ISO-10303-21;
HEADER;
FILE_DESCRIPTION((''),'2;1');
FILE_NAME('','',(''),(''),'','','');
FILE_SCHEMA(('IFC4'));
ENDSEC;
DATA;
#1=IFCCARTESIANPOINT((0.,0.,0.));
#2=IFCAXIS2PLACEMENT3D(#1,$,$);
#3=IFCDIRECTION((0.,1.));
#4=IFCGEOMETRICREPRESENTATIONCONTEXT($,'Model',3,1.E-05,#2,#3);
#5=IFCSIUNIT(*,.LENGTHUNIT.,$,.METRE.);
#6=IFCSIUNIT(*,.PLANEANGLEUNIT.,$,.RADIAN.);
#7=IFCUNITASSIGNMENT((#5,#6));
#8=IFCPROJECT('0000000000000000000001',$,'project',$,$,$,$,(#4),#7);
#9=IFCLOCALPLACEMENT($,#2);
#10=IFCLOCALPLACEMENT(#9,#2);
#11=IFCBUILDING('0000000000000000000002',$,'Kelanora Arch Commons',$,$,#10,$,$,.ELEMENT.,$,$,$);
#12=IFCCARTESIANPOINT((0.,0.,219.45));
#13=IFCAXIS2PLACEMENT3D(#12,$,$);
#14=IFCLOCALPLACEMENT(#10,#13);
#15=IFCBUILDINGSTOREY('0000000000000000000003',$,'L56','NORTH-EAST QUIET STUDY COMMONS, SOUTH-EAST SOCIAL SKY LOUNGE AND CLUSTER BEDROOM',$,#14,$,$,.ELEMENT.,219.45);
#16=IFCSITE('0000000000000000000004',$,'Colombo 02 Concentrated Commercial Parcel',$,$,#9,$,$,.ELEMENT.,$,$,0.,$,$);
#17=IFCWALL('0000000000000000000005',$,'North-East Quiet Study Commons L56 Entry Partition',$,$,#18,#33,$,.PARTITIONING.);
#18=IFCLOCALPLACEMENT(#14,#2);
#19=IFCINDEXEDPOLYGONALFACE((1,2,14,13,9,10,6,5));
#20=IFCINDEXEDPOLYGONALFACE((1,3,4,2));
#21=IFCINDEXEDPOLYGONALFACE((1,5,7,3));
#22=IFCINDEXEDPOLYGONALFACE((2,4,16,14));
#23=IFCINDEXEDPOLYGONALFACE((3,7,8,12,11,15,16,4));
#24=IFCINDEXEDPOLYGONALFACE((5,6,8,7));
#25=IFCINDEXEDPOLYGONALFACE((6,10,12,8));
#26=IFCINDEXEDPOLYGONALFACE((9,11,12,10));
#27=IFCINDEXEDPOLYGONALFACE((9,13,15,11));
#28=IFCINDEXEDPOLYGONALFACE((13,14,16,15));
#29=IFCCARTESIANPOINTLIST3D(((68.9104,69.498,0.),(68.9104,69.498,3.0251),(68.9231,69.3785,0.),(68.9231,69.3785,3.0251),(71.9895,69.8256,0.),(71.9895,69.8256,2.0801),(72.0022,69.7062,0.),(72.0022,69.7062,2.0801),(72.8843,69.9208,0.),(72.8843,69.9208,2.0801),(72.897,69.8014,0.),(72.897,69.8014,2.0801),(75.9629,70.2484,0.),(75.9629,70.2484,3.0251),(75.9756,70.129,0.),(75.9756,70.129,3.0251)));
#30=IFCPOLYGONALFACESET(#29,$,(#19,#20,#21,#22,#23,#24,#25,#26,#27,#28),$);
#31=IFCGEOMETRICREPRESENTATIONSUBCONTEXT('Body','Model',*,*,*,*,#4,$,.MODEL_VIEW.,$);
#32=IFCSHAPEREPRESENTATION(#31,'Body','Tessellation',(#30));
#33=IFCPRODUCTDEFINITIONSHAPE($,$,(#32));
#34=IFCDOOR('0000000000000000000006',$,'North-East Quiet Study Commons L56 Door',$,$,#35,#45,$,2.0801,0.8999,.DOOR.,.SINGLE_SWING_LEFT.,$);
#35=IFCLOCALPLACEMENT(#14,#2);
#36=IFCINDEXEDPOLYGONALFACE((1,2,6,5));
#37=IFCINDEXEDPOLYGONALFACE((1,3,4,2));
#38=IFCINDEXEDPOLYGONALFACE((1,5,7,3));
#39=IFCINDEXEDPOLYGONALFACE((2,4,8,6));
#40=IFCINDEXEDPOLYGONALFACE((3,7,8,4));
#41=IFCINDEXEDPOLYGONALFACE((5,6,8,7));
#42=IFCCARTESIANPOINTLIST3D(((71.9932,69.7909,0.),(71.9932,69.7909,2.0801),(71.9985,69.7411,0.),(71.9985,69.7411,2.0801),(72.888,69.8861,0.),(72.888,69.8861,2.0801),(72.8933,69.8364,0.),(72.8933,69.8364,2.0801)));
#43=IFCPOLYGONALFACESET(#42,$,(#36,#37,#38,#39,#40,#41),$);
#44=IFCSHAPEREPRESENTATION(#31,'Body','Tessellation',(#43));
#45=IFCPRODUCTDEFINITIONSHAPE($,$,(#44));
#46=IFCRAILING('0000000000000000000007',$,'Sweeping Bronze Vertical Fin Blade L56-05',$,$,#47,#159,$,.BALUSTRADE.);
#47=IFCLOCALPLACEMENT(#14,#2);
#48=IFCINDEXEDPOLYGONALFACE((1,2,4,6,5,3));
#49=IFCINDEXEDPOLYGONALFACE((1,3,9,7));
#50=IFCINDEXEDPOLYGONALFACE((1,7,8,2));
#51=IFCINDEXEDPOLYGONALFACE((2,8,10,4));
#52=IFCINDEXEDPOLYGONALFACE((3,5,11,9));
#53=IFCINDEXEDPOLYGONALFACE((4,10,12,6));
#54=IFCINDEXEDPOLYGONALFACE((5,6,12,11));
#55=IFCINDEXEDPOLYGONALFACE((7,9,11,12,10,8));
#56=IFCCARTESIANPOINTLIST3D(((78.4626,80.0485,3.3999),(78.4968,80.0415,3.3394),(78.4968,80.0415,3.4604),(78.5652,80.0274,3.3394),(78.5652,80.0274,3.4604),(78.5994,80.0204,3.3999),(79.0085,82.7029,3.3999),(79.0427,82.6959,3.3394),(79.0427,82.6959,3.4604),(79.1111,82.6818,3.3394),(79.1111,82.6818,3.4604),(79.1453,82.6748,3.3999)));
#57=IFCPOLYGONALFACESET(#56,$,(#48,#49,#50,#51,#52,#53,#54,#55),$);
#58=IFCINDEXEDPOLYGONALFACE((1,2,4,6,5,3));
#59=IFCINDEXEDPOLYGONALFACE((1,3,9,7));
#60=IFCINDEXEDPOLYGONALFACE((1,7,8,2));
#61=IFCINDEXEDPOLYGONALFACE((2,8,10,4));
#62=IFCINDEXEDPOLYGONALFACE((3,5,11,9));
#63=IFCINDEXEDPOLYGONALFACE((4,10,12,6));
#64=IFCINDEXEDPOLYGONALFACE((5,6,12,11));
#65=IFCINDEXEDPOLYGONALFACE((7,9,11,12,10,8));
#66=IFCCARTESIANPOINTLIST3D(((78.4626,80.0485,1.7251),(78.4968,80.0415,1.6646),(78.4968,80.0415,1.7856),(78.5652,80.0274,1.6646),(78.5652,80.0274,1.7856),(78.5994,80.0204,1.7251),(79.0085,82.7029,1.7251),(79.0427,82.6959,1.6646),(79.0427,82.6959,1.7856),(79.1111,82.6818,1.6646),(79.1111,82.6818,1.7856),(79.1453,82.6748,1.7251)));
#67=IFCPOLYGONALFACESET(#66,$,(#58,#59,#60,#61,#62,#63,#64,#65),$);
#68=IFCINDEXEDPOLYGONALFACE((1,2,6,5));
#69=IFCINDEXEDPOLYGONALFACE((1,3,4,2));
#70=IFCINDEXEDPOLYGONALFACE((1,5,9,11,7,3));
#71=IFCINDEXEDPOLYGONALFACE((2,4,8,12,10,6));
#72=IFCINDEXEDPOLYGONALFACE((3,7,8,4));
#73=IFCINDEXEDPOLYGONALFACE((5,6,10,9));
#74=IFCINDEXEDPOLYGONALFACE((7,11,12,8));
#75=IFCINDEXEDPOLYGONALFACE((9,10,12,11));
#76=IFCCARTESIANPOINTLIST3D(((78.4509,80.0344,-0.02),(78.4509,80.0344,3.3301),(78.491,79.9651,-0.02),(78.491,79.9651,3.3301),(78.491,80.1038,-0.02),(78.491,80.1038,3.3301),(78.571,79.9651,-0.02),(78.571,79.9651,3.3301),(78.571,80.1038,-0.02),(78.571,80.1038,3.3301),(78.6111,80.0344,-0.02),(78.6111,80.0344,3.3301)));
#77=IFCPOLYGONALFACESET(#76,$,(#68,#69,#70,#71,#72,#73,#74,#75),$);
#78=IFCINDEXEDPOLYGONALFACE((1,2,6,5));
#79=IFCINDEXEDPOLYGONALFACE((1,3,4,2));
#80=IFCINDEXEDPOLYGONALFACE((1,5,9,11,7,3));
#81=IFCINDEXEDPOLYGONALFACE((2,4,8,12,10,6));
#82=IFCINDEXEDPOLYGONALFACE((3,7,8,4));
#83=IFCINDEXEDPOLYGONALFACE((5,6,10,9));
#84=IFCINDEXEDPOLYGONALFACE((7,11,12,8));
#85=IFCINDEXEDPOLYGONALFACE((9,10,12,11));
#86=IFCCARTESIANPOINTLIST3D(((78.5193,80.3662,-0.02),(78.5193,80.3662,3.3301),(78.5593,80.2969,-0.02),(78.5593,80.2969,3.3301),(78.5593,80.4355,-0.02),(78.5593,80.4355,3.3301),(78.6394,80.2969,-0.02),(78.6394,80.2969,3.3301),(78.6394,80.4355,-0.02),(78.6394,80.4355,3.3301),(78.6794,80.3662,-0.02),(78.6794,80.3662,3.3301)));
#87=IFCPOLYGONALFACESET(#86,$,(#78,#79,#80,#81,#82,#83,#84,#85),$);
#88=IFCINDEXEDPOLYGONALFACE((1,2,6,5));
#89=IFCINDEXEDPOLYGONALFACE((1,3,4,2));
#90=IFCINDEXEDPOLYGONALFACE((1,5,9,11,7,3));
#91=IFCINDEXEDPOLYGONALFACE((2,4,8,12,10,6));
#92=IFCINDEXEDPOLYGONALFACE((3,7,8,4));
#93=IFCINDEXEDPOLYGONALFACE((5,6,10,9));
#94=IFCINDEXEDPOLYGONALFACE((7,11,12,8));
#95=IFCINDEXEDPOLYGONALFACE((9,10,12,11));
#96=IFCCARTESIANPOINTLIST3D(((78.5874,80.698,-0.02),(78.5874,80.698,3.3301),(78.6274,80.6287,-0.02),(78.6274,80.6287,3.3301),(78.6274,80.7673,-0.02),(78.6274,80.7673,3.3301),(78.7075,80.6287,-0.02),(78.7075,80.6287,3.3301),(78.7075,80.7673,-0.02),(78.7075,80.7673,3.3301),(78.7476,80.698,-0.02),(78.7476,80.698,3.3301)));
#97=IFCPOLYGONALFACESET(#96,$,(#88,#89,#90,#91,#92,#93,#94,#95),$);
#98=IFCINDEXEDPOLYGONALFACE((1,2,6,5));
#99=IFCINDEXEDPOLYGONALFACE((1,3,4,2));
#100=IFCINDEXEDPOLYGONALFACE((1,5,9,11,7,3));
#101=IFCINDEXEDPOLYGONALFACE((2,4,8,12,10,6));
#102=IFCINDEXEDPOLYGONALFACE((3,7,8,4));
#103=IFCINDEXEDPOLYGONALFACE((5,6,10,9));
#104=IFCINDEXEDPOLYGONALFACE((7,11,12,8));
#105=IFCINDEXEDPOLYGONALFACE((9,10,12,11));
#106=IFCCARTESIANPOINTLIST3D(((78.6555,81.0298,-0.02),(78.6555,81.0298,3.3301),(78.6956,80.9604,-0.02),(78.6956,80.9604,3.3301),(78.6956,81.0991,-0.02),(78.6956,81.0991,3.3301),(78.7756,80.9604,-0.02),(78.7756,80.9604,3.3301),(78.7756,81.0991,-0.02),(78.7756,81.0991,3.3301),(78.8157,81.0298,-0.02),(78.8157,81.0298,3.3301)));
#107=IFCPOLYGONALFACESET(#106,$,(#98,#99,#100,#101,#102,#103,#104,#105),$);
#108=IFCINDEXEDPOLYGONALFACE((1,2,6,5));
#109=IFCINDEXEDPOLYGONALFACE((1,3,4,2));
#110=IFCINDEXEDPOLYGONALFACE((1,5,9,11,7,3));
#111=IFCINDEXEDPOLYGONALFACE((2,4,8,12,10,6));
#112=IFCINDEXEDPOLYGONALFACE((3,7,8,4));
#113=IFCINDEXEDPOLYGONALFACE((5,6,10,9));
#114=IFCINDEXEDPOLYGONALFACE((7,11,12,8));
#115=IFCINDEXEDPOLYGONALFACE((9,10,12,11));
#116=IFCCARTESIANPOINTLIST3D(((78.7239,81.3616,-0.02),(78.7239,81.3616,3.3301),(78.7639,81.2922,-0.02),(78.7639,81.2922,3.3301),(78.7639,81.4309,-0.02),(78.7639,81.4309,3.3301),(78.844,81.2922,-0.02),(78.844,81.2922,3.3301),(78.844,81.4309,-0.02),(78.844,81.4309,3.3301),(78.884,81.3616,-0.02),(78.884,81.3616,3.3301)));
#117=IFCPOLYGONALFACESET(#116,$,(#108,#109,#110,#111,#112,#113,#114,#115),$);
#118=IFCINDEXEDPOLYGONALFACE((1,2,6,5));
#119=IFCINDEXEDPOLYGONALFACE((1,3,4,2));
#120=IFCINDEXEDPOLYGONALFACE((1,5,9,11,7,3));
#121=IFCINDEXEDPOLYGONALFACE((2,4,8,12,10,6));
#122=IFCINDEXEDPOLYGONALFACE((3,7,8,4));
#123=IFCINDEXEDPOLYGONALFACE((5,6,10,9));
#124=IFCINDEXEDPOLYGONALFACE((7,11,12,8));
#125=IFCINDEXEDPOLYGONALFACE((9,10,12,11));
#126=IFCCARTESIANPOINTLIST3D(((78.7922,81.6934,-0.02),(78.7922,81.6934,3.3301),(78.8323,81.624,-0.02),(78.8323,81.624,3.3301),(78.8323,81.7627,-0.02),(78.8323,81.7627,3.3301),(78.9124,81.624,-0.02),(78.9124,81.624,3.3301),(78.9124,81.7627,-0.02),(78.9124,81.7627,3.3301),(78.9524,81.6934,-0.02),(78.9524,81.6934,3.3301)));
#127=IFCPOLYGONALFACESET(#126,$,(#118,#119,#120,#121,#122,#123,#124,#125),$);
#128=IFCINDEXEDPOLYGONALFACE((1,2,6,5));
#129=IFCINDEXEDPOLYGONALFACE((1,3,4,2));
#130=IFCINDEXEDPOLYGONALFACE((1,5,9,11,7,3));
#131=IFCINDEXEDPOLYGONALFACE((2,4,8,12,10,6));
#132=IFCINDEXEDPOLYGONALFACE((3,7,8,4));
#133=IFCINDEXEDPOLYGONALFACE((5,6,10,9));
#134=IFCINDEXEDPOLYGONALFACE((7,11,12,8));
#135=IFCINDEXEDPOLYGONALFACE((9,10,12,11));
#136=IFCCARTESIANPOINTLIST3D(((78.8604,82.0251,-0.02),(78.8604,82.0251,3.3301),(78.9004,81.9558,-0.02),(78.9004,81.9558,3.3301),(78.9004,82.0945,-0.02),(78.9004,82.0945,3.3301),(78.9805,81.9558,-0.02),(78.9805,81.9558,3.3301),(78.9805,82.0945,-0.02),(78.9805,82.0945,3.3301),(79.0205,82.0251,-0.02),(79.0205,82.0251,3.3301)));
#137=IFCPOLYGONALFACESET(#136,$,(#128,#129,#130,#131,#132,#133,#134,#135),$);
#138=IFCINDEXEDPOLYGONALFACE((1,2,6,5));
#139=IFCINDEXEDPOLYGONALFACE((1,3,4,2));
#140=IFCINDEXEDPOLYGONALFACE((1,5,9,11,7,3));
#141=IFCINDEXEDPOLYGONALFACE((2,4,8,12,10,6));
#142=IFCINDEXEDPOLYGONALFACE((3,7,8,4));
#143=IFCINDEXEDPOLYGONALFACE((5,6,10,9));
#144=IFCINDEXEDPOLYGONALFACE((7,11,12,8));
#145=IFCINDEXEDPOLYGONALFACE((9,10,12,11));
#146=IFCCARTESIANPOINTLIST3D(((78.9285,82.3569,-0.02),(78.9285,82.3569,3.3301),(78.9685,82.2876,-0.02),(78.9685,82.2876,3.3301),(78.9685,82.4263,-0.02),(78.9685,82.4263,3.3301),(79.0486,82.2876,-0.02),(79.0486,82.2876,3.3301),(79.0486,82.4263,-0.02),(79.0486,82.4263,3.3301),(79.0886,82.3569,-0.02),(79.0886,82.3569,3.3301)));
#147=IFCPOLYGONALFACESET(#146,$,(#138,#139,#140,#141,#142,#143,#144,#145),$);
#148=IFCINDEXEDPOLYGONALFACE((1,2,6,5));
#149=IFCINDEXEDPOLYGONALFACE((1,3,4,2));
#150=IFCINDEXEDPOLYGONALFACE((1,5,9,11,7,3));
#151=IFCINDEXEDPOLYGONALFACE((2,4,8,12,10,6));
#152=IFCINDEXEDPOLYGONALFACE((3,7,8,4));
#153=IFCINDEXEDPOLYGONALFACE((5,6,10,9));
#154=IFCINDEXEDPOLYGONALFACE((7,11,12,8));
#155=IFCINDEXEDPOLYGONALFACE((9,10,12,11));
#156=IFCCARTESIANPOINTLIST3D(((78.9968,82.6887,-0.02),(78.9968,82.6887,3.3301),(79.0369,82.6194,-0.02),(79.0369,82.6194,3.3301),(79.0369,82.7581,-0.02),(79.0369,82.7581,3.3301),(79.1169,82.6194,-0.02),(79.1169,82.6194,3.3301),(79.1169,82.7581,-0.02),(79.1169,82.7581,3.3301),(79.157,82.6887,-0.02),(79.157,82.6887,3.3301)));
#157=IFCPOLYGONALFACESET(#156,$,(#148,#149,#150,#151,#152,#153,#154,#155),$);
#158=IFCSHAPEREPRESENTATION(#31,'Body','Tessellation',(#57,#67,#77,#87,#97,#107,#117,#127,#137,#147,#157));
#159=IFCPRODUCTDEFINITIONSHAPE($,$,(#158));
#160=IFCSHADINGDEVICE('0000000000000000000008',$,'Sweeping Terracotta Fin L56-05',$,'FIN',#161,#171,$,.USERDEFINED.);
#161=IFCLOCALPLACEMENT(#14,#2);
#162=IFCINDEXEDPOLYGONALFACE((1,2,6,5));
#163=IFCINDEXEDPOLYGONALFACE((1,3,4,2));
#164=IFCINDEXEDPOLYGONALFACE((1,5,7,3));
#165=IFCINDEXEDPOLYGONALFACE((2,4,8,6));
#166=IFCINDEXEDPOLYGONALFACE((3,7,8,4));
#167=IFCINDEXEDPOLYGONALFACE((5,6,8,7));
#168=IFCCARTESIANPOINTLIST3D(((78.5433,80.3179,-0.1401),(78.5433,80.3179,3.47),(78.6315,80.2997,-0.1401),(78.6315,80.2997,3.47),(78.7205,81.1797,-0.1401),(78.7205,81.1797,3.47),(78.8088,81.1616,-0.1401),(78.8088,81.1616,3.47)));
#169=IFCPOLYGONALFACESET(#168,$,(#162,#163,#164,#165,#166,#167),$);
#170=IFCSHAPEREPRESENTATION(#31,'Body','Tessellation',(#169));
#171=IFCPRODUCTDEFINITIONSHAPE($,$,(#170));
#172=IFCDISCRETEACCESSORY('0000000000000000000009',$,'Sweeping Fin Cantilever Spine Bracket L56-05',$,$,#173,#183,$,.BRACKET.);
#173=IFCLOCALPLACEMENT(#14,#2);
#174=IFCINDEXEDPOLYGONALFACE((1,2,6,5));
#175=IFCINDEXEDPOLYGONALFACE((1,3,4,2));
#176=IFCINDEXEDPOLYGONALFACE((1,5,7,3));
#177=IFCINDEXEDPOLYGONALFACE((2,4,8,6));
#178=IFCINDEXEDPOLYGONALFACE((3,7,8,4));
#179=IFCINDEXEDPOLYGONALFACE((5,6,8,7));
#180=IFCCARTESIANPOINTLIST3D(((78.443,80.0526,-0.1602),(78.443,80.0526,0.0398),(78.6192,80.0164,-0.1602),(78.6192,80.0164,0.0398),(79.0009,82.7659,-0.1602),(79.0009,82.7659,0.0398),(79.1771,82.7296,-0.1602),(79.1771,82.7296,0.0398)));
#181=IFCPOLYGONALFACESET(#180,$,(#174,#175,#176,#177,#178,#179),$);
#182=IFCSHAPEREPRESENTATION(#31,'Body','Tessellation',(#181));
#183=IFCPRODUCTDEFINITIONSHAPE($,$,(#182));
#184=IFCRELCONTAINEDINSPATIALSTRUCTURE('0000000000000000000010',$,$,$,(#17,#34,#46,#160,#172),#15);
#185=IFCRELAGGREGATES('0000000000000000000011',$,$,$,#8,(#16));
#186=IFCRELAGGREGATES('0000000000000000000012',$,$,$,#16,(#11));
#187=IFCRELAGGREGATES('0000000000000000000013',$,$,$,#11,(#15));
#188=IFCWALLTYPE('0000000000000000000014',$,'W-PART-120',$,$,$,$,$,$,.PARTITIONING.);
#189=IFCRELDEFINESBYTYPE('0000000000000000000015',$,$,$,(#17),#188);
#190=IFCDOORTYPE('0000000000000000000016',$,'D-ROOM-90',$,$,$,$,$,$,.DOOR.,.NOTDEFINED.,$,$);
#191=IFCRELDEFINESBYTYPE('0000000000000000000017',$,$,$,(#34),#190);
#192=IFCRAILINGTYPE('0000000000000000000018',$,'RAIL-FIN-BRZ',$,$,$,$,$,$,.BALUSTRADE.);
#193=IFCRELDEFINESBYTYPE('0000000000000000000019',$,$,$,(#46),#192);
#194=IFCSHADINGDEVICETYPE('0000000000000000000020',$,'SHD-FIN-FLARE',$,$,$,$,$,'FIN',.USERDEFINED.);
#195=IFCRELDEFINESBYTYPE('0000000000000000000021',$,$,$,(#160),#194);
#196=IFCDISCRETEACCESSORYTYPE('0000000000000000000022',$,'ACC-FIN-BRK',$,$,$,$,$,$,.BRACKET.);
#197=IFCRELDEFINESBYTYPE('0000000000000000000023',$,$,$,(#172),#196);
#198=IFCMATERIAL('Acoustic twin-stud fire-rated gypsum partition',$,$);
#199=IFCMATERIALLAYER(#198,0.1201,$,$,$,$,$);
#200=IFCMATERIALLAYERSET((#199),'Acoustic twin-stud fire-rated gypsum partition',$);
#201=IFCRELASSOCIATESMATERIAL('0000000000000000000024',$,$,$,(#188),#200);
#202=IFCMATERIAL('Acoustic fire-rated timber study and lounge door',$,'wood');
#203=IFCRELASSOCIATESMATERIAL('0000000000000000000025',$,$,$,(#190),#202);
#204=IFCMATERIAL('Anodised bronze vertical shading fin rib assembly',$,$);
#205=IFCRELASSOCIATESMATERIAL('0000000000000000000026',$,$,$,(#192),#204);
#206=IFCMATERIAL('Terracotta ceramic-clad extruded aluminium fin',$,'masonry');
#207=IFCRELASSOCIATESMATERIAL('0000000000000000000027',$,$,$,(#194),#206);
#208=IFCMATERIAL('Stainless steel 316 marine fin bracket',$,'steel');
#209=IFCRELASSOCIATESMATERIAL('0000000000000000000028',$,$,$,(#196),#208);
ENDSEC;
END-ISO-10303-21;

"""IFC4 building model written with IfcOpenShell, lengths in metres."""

from ifc_helpers import new_model, si_unit, direction, frame, frame_2d, origin, origin_2d, place, context, subcontext, project, spatial, polyline, rectangle, outline, extrude, source, transform, mapped, material, layer, layer_set, type_object, element, fill, save


model = new_model("IFC4")

# Units and contexts
model_context = context("Model", 3, precision=1e-05, world=origin(), true_north=direction((0.0, 1.0)))
body_context = subcontext(model_context, "Body", "Model", "MODEL_VIEW")
ifc_project = project(units=[si_unit("LENGTHUNIT", "METRE"), si_unit("PLANEANGLEUNIT", "RADIAN")], contexts=[model_context])

# Site, building, storey
site_placement = place(None, origin())
site = spatial("IfcSite", under=ifc_project, at=site_placement, Name="Colombo 02 Concentrated Commercial Parcel", CompositionType="ELEMENT", RefElevation=0.0)
building_placement = place(site_placement, origin())
building = spatial("IfcBuilding", under=site, at=building_placement, Name="Kelanora Arch Commons", CompositionType="ELEMENT")
storey_placement = place(building_placement, frame((0.0, 0.0, 219.45)))
storey = spatial("IfcBuildingStorey", under=building, at=storey_placement, Name="L56", Description="NORTH-EAST QUIET STUDY COMMONS, SOUTH-EAST SOCIAL SKY LOUNGE AND CLUSTER BEDROOM", CompositionType="ELEMENT", Elevation=219.45)

# Wall, opening, door
ifc_material_1 = material(Name="Acoustic twin-stud fire-rated gypsum partition")
ifc_layer_1 = layer(ifc_material_1, 0.1201)
ifc_layer_set_1 = layer_set([ifc_layer_1], Name="Acoustic twin-stud fire-rated gypsum partition")
wall_type_1 = type_object("IfcWallType", Name="W-PART-120", PredefinedType="PARTITIONING", material=ifc_layer_set_1)
wall_1_placement = place(storey_placement, frame((75.9692, 70.1887, 0.0), z_axis=(0.0, 0.0, 1.0), x_axis=(-0.994386, -0.105817, 0.0)))
wall_1 = element("IfcWall", 1, at=wall_1_placement, inside=storey, type_object=wall_type_1, Name="North-East Quiet Study Commons L56 Entry Partition", PredefinedType="PARTITIONING", context=body_context, shape_type="SweptSolid", body=[
    extrude(rectangle(XDim=7.0923, YDim=0.1201, at=frame_2d((3.5461, 0.0))), origin(), (0.0, 0.0, 1.0), 3.0251),
])
opening_1_placement = place(wall_1_placement, frame((3.0959, 0.0, 0.0)))
opening_1 = element("IfcOpeningElement", 2, at=opening_1_placement, cuts=wall_1, PredefinedType="OPENING", context=body_context, shape_type="SweptSolid", body=[
    extrude(rectangle(XDim=0.8999, YDim=2.0801, at=frame_2d((0.45, 1.04))), frame((0.0, 0.0701, 0.0), z_axis=(0.0, -1.0, 0.0), x_axis=(1.0, 0.0, 0.0)), (0.0, 0.0, 1.0), 0.1401),
])
ifc_material_2 = material(Name="Acoustic fire-rated timber study and lounge door", Category="wood")
door_type = type_object("IfcDoorType", Name="D-ROOM-90", OperationType="NOTDEFINED", PredefinedType="DOOR", material=ifc_material_2)
door_placement = place(opening_1_placement, origin())
door = element("IfcDoor", 3, at=door_placement, inside=storey, type_object=door_type, Name="North-East Quiet Study Commons L56 Door", OperationType="SINGLE_SWING_LEFT", OverallHeight=2.0801, OverallWidth=0.8999, PredefinedType="DOOR", context=body_context, shape_type="SweptSolid", body=[
    extrude(rectangle(XDim=0.8999, YDim=2.0801, at=frame_2d((0.45, 1.04))), frame((0.0, 0.0249, 0.0), z_axis=(0.0, -1.0, 0.0), x_axis=(1.0, 0.0, 0.0)), (0.0, 0.0, 1.0), 0.05),
])
fill(opening_1, door)

# Railing
ifc_material_3 = material(Name="Anodised bronze vertical shading fin rib assembly")
railing_type = type_object("IfcRailingType", Name="RAIL-FIN-BRZ", PredefinedType="BALUSTRADE", material=ifc_material_3)
railing_placement = place(storey_placement, frame((78.531, 80.0344, -0.02)))
element("IfcRailing", 4, at=railing_placement, inside=storey, type_object=railing_type, Name="Sweeping Bronze Vertical Fin Blade L56-05", PredefinedType="BALUSTRADE", context=body_context, shape_type="SweptSolid", body=[
    extrude(outline(polyline([(0.0698, 0.0), (0.0349, 0.0605), (-0.0349, 0.0605), (-0.0698, 0.0), (-0.0349, -0.0605), (0.0349, -0.0605), (0.0698, 0.0)])), frame((0.0, 0.0, 3.4199), z_axis=(0.20145, 0.979499, 0.0), x_axis=(-0.979499, 0.20145, 0.0)), (0.0, 0.0, 1.0), 2.71),
    extrude(outline(polyline([(0.0698, 0.0), (0.0349, 0.0605), (-0.0349, 0.0605), (-0.0698, 0.0), (-0.0349, -0.0605), (0.0349, -0.0605), (0.0698, 0.0)])), frame((0.0, 0.0, 1.7451), z_axis=(0.20145, 0.979499, 0.0), x_axis=(-0.979499, 0.20145, 0.0)), (0.0, 0.0, 1.0), 2.71),
    extrude(outline(polyline([(0.0801, 0.0), (0.04, 0.0693), (-0.04, 0.0693), (-0.0801, 0.0), (-0.04, -0.0693), (0.04, -0.0693), (0.0801, 0.0)])), origin(), (0.0, 0.0, 1.0), 3.3501),
    extrude(outline(polyline([(0.0801, 0.0), (0.04, 0.0693), (-0.04, 0.0693), (-0.0801, 0.0), (-0.04, -0.0693), (0.04, -0.0693), (0.0801, 0.0)])), frame((0.0684, 0.3318, 0.0)), (0.0, 0.0, 1.0), 3.3501),
    extrude(outline(polyline([(0.0801, 0.0), (0.04, 0.0693), (-0.04, 0.0693), (-0.0801, 0.0), (-0.04, -0.0693), (0.04, -0.0693), (0.0801, 0.0)])), frame((0.1365, 0.6636, 0.0)), (0.0, 0.0, 1.0), 3.3501),
    extrude(outline(polyline([(0.0801, 0.0), (0.04, 0.0693), (-0.04, 0.0693), (-0.0801, 0.0), (-0.04, -0.0693), (0.04, -0.0693), (0.0801, 0.0)])), frame((0.2046, 0.9954, 0.0)), (0.0, 0.0, 1.0), 3.3501),
    extrude(outline(polyline([(0.0801, 0.0), (0.04, 0.0693), (-0.04, 0.0693), (-0.0801, 0.0), (-0.04, -0.0693), (0.04, -0.0693), (0.0801, 0.0)])), frame((0.2729, 1.3271, 0.0)), (0.0, 0.0, 1.0), 3.3501),
    extrude(outline(polyline([(0.0801, 0.0), (0.04, 0.0693), (-0.04, 0.0693), (-0.0801, 0.0), (-0.04, -0.0693), (0.04, -0.0693), (0.0801, 0.0)])), frame((0.3413, 1.6589, 0.0)), (0.0, 0.0, 1.0), 3.3501),
    extrude(outline(polyline([(0.0801, 0.0), (0.04, 0.0693), (-0.04, 0.0693), (-0.0801, 0.0), (-0.04, -0.0693), (0.04, -0.0693), (0.0801, 0.0)])), frame((0.4094, 1.9907, 0.0)), (0.0, 0.0, 1.0), 3.3501),
    extrude(outline(polyline([(0.0801, 0.0), (0.04, 0.0693), (-0.04, 0.0693), (-0.0801, 0.0), (-0.04, -0.0693), (0.04, -0.0693), (0.0801, 0.0)])), frame((0.4775, 2.3225, 0.0)), (0.0, 0.0, 1.0), 3.3501),
    extrude(outline(polyline([(0.0801, 0.0), (0.04, 0.0693), (-0.04, 0.0693), (-0.0801, 0.0), (-0.04, -0.0693), (0.04, -0.0693), (0.0801, 0.0)])), frame((0.5459, 2.6543, 0.0)), (0.0, 0.0, 1.0), 3.3501),
])

# Shading device
ifc_material_4 = material(Name="Terracotta ceramic-clad extruded aluminium fin", Category="masonry")
shading_device_type = type_object("IfcShadingDeviceType", Name="SHD-FIN-FLARE", ElementType="FIN", PredefinedType="USERDEFINED", material=ifc_material_4)
shared_shape_1 = source(origin(), body_context, "Body", "SweptSolid", [
    extrude(rectangle(XDim=0.8799, YDim=0.0901, at=origin_2d()), origin(), (0.0, 0.0, 1.0), 3.6101),
])
shading_device_placement = place(storey_placement, frame((78.676, 80.7397, -0.1401), z_axis=(0.0, 0.0, 1.0), x_axis=(0.20142, 0.979505, 0.0)))
element("IfcShadingDevice", 5, at=shading_device_placement, inside=storey, type_object=shading_device_type, Name="Sweeping Terracotta Fin L56-05", ObjectType="FIN", PredefinedType="USERDEFINED", context=body_context, shape_type="MappedRepresentation", body=[
    mapped(shared_shape_1, transform((0.0, 0.0, 0.0), scale=1.0)),
])

# Discrete accessory
ifc_material_5 = material(Name="Stainless steel 316 marine fin bracket", Category="steel")
discrete_accessory_type = type_object("IfcDiscreteAccessoryType", Name="ACC-FIN-BRK", PredefinedType="BRACKET", material=ifc_material_5)
shared_shape_2 = source(origin(), body_context, "Body", "SweptSolid", [
    extrude(rectangle(XDim=2.77, YDim=0.1799, at=origin_2d()), origin(), (0.0, 0.0, 1.0), 0.2),
])
discrete_accessory_placement = place(storey_placement, frame((78.8101, 81.3911, -0.1602), z_axis=(0.0, 0.0, 1.0), x_axis=(0.20142, 0.979505, 0.0)))
element("IfcDiscreteAccessory", 6, at=discrete_accessory_placement, inside=storey, type_object=discrete_accessory_type, Name="Sweeping Fin Cantilever Spine Bracket L56-05", PredefinedType="BRACKET", context=body_context, shape_type="MappedRepresentation", body=[
    mapped(shared_shape_2, transform((0.0, 0.0, 0.0), scale=1.0)),
])

save(model, "model.ifc")
